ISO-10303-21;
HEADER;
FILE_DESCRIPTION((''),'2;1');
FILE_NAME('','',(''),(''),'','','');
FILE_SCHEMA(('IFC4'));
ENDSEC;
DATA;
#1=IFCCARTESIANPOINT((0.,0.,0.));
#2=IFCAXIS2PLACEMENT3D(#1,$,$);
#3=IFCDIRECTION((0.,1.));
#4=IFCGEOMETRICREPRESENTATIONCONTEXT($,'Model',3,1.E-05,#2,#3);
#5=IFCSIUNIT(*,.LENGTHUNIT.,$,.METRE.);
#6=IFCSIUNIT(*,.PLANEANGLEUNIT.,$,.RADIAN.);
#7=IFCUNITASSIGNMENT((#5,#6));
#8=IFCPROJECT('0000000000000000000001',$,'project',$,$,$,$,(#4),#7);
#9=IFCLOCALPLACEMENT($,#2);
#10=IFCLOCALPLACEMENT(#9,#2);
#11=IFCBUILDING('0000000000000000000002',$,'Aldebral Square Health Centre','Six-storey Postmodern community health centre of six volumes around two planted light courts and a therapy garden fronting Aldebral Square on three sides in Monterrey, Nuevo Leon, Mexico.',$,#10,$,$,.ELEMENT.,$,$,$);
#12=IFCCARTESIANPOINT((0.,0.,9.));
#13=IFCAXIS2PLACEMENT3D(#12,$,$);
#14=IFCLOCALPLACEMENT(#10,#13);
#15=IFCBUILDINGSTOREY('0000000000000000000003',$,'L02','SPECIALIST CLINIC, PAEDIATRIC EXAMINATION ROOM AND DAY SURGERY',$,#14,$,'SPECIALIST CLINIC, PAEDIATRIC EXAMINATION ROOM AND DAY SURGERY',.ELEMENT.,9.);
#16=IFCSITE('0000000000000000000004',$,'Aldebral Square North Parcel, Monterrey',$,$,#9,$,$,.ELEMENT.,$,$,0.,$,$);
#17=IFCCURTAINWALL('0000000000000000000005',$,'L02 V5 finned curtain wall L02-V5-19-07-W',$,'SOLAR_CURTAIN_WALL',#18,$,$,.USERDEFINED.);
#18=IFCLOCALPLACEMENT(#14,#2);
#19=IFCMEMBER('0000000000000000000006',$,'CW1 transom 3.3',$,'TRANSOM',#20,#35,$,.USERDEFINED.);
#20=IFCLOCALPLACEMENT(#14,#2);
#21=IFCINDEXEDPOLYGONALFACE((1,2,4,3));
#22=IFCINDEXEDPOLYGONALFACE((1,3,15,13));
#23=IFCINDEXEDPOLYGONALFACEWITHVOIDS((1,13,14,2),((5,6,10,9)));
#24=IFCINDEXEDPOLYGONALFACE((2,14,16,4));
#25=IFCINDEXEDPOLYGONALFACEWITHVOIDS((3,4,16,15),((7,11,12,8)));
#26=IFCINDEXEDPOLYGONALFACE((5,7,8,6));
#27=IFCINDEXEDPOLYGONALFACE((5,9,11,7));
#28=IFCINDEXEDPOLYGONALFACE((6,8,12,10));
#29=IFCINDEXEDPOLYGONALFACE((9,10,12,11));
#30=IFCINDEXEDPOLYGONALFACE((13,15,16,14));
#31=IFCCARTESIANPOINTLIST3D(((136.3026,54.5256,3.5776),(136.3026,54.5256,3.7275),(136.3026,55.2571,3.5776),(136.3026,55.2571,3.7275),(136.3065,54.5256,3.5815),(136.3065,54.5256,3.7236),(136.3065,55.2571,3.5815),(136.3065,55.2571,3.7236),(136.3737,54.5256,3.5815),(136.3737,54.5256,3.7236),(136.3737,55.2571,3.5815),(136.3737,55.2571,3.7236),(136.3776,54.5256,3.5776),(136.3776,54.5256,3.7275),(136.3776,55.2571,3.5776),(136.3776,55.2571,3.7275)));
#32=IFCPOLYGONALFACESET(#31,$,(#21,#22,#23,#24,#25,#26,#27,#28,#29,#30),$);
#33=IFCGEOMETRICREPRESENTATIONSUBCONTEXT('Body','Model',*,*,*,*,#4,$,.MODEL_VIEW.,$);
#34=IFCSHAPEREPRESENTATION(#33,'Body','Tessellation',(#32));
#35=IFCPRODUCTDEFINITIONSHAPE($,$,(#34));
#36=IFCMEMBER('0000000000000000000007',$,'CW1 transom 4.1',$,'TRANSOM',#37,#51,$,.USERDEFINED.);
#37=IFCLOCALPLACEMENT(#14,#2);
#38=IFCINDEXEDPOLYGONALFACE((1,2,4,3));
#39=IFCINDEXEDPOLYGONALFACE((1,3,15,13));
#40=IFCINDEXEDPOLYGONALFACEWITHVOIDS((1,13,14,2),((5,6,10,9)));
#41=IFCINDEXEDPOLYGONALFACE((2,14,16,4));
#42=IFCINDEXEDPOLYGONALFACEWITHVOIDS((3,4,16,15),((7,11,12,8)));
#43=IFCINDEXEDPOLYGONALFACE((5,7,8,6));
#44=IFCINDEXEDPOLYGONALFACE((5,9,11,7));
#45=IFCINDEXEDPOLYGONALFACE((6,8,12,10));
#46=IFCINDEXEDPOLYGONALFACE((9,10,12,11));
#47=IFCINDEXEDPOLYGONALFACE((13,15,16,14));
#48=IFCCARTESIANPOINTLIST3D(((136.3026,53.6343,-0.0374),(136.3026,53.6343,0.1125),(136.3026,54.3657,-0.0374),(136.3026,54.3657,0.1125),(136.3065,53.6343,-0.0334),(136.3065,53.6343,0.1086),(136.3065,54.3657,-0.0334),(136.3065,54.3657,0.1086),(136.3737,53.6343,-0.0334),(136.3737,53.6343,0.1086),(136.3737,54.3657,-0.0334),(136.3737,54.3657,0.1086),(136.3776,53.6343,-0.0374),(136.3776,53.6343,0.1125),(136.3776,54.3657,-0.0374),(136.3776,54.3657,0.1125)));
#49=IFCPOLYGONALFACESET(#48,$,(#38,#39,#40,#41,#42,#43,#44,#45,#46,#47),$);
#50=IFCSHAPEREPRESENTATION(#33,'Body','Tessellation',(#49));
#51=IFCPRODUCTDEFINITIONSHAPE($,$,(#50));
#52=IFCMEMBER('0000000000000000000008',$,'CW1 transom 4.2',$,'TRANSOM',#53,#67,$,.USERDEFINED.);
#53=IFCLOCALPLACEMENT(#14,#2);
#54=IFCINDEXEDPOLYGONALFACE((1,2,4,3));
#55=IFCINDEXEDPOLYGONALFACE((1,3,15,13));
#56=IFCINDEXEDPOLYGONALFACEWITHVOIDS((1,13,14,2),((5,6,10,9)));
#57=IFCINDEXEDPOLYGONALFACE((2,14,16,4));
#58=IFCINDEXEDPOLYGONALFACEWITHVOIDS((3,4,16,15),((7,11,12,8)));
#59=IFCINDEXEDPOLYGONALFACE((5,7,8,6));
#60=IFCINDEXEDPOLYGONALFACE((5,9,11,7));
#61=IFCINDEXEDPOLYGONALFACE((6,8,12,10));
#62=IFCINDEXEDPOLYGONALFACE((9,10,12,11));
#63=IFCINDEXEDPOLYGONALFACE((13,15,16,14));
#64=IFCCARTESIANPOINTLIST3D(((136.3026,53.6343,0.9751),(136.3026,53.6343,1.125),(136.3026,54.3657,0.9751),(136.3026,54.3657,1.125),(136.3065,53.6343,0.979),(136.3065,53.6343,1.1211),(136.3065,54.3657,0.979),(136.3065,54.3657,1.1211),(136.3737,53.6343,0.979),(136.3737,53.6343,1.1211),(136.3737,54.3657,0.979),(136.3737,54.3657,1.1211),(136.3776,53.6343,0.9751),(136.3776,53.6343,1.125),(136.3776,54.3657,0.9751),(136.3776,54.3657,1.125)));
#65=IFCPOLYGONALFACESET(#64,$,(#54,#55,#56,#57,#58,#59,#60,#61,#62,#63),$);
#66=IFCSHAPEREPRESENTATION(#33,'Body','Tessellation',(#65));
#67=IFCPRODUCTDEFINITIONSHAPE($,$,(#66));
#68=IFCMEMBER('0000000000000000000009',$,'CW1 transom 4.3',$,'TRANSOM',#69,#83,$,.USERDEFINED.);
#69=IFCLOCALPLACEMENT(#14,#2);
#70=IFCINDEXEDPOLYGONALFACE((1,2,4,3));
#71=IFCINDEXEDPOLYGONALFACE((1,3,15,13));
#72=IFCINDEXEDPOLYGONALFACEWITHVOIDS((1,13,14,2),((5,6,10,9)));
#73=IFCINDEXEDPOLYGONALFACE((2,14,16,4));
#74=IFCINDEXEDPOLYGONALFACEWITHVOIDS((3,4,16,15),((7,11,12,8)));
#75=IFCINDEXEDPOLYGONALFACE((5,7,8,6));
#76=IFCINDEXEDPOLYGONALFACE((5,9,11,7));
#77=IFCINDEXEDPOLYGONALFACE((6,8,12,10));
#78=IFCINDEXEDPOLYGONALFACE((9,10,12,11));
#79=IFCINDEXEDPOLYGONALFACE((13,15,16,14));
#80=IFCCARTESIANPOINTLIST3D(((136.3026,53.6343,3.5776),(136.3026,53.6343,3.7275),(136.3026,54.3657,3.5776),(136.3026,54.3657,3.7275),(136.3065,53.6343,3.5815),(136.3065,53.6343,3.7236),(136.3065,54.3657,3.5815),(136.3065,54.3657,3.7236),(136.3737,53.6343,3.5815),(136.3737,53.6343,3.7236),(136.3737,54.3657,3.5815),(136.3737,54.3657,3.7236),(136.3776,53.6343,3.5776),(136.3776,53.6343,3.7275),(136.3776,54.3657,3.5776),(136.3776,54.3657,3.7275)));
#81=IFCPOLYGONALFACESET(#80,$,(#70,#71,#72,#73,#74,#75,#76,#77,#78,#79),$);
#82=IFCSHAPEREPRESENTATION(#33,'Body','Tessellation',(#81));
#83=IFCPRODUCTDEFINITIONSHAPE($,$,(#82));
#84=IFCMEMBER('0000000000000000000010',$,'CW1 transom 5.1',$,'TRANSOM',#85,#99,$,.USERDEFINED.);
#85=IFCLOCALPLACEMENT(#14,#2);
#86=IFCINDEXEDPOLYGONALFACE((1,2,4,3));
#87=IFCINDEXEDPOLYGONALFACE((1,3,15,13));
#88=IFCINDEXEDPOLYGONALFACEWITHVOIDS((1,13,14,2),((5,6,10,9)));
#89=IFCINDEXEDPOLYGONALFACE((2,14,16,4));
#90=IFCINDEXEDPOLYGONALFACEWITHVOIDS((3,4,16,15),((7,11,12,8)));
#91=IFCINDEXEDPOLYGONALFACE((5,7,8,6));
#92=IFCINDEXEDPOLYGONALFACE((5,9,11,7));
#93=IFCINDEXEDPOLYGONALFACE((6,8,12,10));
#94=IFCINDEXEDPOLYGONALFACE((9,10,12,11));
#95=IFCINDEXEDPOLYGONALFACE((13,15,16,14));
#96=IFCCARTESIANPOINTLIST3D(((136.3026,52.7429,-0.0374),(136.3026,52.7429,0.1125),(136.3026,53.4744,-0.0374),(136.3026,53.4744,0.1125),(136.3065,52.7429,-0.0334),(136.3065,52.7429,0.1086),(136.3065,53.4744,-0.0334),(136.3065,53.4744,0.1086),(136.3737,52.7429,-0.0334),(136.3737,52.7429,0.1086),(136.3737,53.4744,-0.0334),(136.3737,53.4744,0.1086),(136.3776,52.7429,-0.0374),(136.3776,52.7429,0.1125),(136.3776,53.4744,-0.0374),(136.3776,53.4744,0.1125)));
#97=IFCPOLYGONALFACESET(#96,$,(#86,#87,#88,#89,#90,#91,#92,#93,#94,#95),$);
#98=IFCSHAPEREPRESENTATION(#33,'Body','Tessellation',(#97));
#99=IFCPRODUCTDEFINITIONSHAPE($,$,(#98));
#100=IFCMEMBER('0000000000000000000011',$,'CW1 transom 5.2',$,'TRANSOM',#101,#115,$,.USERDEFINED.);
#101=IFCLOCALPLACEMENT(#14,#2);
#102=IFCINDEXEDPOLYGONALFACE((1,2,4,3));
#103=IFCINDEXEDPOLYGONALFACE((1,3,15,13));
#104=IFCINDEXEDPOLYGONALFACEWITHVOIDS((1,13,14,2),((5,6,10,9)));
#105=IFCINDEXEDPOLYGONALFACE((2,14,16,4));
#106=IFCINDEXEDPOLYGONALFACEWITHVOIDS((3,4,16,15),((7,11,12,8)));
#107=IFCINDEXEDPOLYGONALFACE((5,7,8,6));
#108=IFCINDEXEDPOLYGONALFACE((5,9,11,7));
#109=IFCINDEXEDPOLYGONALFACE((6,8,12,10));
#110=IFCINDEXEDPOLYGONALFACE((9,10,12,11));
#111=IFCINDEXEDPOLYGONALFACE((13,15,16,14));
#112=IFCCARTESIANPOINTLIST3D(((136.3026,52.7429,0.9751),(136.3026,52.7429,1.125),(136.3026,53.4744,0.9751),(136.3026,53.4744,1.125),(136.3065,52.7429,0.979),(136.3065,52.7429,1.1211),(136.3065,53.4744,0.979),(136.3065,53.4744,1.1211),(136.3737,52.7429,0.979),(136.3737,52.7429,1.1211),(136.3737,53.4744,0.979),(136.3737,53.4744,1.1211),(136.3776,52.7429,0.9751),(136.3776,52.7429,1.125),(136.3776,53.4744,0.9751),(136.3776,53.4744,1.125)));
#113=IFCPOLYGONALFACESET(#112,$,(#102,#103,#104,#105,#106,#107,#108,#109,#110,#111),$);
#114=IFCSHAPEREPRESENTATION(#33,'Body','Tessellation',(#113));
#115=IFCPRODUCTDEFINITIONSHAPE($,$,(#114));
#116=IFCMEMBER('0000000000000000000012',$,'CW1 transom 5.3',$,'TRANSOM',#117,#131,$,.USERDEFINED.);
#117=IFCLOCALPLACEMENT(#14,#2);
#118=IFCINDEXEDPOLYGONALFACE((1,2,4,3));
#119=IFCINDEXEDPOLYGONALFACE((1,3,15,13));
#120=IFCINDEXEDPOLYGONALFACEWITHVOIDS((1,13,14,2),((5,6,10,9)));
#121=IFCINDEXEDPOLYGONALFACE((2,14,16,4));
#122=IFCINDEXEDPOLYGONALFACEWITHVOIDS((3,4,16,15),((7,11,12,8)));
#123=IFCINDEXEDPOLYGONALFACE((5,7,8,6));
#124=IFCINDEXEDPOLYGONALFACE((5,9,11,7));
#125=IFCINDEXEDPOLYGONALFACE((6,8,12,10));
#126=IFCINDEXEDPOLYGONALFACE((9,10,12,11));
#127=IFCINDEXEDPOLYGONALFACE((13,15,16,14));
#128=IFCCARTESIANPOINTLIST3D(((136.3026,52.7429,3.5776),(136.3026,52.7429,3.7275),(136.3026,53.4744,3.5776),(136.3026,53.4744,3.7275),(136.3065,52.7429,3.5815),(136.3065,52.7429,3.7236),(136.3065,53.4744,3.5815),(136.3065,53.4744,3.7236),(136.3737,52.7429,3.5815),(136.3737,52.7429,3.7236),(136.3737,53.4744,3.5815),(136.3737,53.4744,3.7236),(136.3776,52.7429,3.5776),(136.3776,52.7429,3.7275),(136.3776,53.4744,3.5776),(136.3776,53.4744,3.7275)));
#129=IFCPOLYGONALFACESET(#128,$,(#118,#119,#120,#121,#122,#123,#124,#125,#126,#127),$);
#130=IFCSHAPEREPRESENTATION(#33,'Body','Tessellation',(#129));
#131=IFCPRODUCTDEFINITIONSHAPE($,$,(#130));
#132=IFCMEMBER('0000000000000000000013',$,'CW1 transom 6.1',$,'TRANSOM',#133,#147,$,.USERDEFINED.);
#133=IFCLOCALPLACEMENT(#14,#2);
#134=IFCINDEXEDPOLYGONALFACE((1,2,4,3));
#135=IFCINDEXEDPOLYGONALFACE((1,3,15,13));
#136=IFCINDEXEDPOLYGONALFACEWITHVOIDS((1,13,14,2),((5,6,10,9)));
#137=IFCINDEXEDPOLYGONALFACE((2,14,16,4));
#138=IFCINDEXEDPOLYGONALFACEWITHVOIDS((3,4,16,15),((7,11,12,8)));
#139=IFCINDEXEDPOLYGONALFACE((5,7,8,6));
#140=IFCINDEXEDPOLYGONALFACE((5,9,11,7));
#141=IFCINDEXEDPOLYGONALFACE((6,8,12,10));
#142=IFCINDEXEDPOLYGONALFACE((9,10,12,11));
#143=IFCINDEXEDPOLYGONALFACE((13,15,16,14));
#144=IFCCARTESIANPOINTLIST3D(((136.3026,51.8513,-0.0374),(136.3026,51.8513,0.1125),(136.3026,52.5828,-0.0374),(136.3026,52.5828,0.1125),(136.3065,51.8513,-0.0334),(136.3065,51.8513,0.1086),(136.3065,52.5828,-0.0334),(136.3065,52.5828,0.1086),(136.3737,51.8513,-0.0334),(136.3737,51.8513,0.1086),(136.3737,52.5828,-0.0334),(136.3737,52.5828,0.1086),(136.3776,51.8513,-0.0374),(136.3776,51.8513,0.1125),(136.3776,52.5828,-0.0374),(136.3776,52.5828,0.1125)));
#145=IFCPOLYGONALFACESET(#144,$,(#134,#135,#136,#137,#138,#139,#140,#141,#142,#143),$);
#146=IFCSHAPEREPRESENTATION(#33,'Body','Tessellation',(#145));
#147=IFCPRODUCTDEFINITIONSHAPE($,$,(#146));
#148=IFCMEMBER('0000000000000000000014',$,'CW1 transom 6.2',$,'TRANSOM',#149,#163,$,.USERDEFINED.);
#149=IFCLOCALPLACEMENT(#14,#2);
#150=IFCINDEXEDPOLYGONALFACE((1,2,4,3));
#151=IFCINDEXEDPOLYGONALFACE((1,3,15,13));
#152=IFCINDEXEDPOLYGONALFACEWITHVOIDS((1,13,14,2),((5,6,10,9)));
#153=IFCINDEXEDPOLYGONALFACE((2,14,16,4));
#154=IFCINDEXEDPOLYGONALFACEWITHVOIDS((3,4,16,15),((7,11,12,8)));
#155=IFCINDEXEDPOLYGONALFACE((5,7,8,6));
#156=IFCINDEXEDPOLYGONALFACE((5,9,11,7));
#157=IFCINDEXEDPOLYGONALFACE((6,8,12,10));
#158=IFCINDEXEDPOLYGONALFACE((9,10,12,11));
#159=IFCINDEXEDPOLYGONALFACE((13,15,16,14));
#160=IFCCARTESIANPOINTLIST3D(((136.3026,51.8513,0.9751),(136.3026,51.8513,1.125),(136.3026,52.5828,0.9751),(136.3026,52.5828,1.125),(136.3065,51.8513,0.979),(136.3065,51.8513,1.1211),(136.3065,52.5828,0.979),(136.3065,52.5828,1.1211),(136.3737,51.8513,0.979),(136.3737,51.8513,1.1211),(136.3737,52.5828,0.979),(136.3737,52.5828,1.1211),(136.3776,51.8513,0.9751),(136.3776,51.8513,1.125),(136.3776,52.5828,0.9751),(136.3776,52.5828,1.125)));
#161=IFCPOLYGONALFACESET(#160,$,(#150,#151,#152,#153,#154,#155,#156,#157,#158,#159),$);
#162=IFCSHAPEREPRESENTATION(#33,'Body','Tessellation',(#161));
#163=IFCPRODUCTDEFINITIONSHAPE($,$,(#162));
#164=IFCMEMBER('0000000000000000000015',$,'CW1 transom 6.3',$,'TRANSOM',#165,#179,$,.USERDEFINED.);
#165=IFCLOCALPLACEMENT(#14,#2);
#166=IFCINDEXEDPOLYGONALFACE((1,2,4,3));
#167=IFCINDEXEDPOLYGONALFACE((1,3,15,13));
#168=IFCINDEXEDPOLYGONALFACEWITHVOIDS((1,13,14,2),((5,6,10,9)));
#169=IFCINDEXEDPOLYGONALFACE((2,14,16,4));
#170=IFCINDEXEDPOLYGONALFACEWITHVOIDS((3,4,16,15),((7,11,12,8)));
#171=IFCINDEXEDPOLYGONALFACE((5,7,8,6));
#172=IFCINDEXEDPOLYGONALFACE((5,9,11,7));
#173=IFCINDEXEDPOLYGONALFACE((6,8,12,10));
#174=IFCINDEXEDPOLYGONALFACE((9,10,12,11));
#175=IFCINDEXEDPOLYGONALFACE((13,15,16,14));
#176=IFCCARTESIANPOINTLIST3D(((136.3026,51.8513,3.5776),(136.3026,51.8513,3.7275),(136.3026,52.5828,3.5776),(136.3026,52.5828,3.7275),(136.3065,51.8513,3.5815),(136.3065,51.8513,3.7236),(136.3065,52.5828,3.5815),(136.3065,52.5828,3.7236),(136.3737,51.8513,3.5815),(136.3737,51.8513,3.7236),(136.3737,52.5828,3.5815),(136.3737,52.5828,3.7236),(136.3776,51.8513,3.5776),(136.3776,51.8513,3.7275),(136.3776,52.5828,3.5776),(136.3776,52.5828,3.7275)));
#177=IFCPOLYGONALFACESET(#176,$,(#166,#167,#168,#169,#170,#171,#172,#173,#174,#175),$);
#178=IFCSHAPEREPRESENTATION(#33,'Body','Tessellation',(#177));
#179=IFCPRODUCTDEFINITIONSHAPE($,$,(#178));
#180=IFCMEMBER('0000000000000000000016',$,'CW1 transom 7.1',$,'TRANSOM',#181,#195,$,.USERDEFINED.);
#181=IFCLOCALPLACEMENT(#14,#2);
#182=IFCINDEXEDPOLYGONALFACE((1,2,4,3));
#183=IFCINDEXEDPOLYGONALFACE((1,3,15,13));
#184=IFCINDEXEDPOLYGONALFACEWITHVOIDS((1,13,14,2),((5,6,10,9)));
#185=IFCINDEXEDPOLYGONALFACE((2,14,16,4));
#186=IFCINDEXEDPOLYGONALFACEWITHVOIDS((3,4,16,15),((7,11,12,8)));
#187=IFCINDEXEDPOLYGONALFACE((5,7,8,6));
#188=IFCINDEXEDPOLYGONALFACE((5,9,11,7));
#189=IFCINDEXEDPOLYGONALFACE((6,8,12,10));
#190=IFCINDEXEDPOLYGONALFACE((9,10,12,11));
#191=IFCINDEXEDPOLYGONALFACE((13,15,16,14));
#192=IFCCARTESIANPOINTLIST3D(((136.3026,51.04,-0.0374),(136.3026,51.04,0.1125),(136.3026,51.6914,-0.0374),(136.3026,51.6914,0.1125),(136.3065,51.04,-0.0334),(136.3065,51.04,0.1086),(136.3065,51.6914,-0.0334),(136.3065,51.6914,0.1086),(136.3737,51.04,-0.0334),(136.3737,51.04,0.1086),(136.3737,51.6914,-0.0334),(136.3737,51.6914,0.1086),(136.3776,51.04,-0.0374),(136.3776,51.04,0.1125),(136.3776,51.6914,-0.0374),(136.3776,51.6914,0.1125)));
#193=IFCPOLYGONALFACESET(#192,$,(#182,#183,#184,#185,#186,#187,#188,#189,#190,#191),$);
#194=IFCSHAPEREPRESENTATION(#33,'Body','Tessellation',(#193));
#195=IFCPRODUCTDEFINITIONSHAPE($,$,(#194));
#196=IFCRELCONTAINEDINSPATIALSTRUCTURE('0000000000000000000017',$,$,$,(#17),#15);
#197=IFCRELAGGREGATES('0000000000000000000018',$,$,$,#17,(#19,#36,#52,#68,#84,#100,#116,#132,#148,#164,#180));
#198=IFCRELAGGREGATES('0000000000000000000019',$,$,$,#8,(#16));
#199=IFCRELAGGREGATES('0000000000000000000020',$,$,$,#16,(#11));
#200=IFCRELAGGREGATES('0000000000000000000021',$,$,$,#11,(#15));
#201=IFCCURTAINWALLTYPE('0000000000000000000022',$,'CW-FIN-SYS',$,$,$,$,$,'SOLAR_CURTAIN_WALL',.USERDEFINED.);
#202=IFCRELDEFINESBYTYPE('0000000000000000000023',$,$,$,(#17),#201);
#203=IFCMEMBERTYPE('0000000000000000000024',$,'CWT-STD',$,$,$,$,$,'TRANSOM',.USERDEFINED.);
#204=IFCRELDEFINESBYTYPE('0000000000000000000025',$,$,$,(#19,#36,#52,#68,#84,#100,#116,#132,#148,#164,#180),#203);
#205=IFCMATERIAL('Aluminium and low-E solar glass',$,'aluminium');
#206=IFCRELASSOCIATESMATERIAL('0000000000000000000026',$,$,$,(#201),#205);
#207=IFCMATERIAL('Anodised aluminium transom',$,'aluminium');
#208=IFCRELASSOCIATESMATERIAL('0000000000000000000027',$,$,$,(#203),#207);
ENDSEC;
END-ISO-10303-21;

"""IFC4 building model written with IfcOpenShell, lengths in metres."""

from ifc_helpers import new_model, si_unit, direction, frame, origin, origin_2d, place, context, subcontext, project, spatial, hollow_rectangle, extrude, material, material_profile, profile_set, type_object, element, aggregate, save


model = new_model("IFC4")

# Units and contexts
model_context = context("Model", 3, precision=1e-05, world=origin(), true_north=direction((0.0, 1.0)))
body_context = subcontext(model_context, "Body", "Model", "MODEL_VIEW")
ifc_project = project(units=[si_unit("LENGTHUNIT", "METRE"), si_unit("PLANEANGLEUNIT", "RADIAN")], contexts=[model_context])

# Site, building, storey
site_placement = place(None, origin())
site = spatial("IfcSite", under=ifc_project, at=site_placement, Name="Aldebral Square North Parcel, Monterrey", CompositionType="ELEMENT", RefElevation=0.0)
building_placement = place(site_placement, origin())
building = spatial("IfcBuilding", under=site, at=building_placement, Name="Aldebral Square Health Centre", Description="Six-storey Postmodern community health centre of six volumes around two planted light courts and a therapy garden fronting Aldebral Square on three sides in Monterrey, Nuevo Leon, Mexico.", CompositionType="ELEMENT")
storey_placement = place(building_placement, frame((0.0, 0.0, 9.0)))
storey = spatial("IfcBuildingStorey", under=building, at=storey_placement, Name="L02", Description="SPECIALIST CLINIC, PAEDIATRIC EXAMINATION ROOM AND DAY SURGERY", LongName="SPECIALIST CLINIC, PAEDIATRIC EXAMINATION ROOM AND DAY SURGERY", CompositionType="ELEMENT", Elevation=9.0)

# Shared definitions
ifc_material_1 = material(Name="Aluminium and low-E solar glass", Category="aluminium")
curtain_wall_type = type_object("IfcCurtainWallType", Name="CW-FIN-SYS", ElementType="SOLAR_CURTAIN_WALL", PredefinedType="USERDEFINED", material=ifc_material_1)

# Curtain wall, members
curtain_wall_1_placement = place(storey_placement, origin())
curtain_wall_1 = element("IfcCurtainWall", 1, at=curtain_wall_1_placement, inside=storey, type_object=curtain_wall_type, Name="L02 V5 finned curtain wall L02-V5-19-07-W", ObjectType="SOLAR_CURTAIN_WALL", PredefinedType="USERDEFINED")
ifc_material_2 = material(Name="Anodised aluminium transom", Category="aluminium")
ifc_material_profile_1 = material_profile(ifc_material_2, hollow_rectangle(XDim=0.075, YDim=0.1499, WallThickness=0.0039, at=origin_2d()), Name="CWT 75x150x4")
ifc_profile_set_1 = profile_set([ifc_material_profile_1], Name="Anodised aluminium transom")
member_type_1 = type_object("IfcMemberType", Name="CWT-STD", ElementType="TRANSOM", PredefinedType="USERDEFINED", material=ifc_profile_set_1)
member_1_placement = place(storey_placement, frame((136.3401, 55.2571, 3.6526), z_axis=(0.0, -1.0, 0.0), x_axis=(1.0, 0.0, 0.0)))
member_1 = element("IfcMember", 2, at=member_1_placement, type_object=member_type_1, Name="CW1 transom 3.3", ObjectType="TRANSOM", PredefinedType="USERDEFINED", context=body_context, shape_type="SweptSolid", body=[
    extrude(hollow_rectangle(XDim=0.075, YDim=0.1499, WallThickness=0.0039, at=origin_2d()), origin(), (0.0, 0.0, 1.0), 0.7314),
])
member_2_placement = place(storey_placement, frame((136.3401, 54.3657, 0.0376), z_axis=(0.0, -1.0, 0.0), x_axis=(1.0, 0.0, 0.0)))
member_2 = element("IfcMember", 3, at=member_2_placement, type_object=member_type_1, Name="CW1 transom 4.1", ObjectType="TRANSOM", PredefinedType="USERDEFINED", context=body_context, shape_type="SweptSolid", body=[
    extrude(hollow_rectangle(XDim=0.075, YDim=0.1499, WallThickness=0.0039, at=origin_2d()), origin(), (0.0, 0.0, 1.0), 0.7314),
])
member_3_placement = place(storey_placement, frame((136.3401, 54.3657, 1.05), z_axis=(0.0, -1.0, 0.0), x_axis=(1.0, 0.0, 0.0)))
member_3 = element("IfcMember", 4, at=member_3_placement, type_object=member_type_1, Name="CW1 transom 4.2", ObjectType="TRANSOM", PredefinedType="USERDEFINED", context=body_context, shape_type="SweptSolid", body=[
    extrude(hollow_rectangle(XDim=0.075, YDim=0.1499, WallThickness=0.0039, at=origin_2d()), origin(), (0.0, 0.0, 1.0), 0.7314),
])
member_4_placement = place(storey_placement, frame((136.3401, 54.3657, 3.6526), z_axis=(0.0, -1.0, 0.0), x_axis=(1.0, 0.0, 0.0)))
member_4 = element("IfcMember", 5, at=member_4_placement, type_object=member_type_1, Name="CW1 transom 4.3", ObjectType="TRANSOM", PredefinedType="USERDEFINED", context=body_context, shape_type="SweptSolid", body=[
    extrude(hollow_rectangle(XDim=0.075, YDim=0.1499, WallThickness=0.0039, at=origin_2d()), origin(), (0.0, 0.0, 1.0), 0.7314),
])
member_5_placement = place(storey_placement, frame((136.3401, 53.4744, 0.0376), z_axis=(0.0, -1.0, 0.0), x_axis=(1.0, 0.0, 0.0)))
member_5 = element("IfcMember", 6, at=member_5_placement, type_object=member_type_1, Name="CW1 transom 5.1", ObjectType="TRANSOM", PredefinedType="USERDEFINED", context=body_context, shape_type="SweptSolid", body=[
    extrude(hollow_rectangle(XDim=0.075, YDim=0.1499, WallThickness=0.0039, at=origin_2d()), origin(), (0.0, 0.0, 1.0), 0.7314),
])
member_6_placement = place(storey_placement, frame((136.3401, 53.4744, 1.05), z_axis=(0.0, -1.0, 0.0), x_axis=(1.0, 0.0, 0.0)))
member_6 = element("IfcMember", 7, at=member_6_placement, type_object=member_type_1, Name="CW1 transom 5.2", ObjectType="TRANSOM", PredefinedType="USERDEFINED", context=body_context, shape_type="SweptSolid", body=[
    extrude(hollow_rectangle(XDim=0.075, YDim=0.1499, WallThickness=0.0039, at=origin_2d()), origin(), (0.0, 0.0, 1.0), 0.7314),
])
member_7_placement = place(storey_placement, frame((136.3401, 53.4744, 3.6526), z_axis=(0.0, -1.0, 0.0), x_axis=(1.0, 0.0, 0.0)))
member_7 = element("IfcMember", 8, at=member_7_placement, type_object=member_type_1, Name="CW1 transom 5.3", ObjectType="TRANSOM", PredefinedType="USERDEFINED", context=body_context, shape_type="SweptSolid", body=[
    extrude(hollow_rectangle(XDim=0.075, YDim=0.1499, WallThickness=0.0039, at=origin_2d()), origin(), (0.0, 0.0, 1.0), 0.7314),
])
member_8_placement = place(storey_placement, frame((136.3401, 52.5828, 0.0376), z_axis=(0.0, -1.0, 0.0), x_axis=(1.0, 0.0, 0.0)))
member_8 = element("IfcMember", 9, at=member_8_placement, type_object=member_type_1, Name="CW1 transom 6.1", ObjectType="TRANSOM", PredefinedType="USERDEFINED", context=body_context, shape_type="SweptSolid", body=[
    extrude(hollow_rectangle(XDim=0.075, YDim=0.1499, WallThickness=0.0039, at=origin_2d()), origin(), (0.0, 0.0, 1.0), 0.7314),
])
member_9_placement = place(storey_placement, frame((136.3401, 52.5828, 1.05), z_axis=(0.0, -1.0, 0.0), x_axis=(1.0, 0.0, 0.0)))
member_9 = element("IfcMember", 10, at=member_9_placement, type_object=member_type_1, Name="CW1 transom 6.2", ObjectType="TRANSOM", PredefinedType="USERDEFINED", context=body_context, shape_type="SweptSolid", body=[
    extrude(hollow_rectangle(XDim=0.075, YDim=0.1499, WallThickness=0.0039, at=origin_2d()), origin(), (0.0, 0.0, 1.0), 0.7314),
])
member_10_placement = place(storey_placement, frame((136.3401, 52.5828, 3.6526), z_axis=(0.0, -1.0, 0.0), x_axis=(1.0, 0.0, 0.0)))
member_10 = element("IfcMember", 11, at=member_10_placement, type_object=member_type_1, Name="CW1 transom 6.3", ObjectType="TRANSOM", PredefinedType="USERDEFINED", context=body_context, shape_type="SweptSolid", body=[
    extrude(hollow_rectangle(XDim=0.075, YDim=0.1499, WallThickness=0.0039, at=origin_2d()), origin(), (0.0, 0.0, 1.0), 0.7314),
])
member_11_placement = place(storey_placement, frame((136.3401, 51.6914, 0.0376), z_axis=(0.0, -1.0, 0.0), x_axis=(1.0, 0.0, 0.0)))
member_11 = element("IfcMember", 12, at=member_11_placement, type_object=member_type_1, Name="CW1 transom 7.1", ObjectType="TRANSOM", PredefinedType="USERDEFINED", context=body_context, shape_type="SweptSolid", body=[
    extrude(hollow_rectangle(XDim=0.075, YDim=0.1499, WallThickness=0.0039, at=origin_2d()), origin(), (0.0, 0.0, 1.0), 0.6514),
])
aggregate(curtain_wall_1, [member_1, member_2, member_3, member_4, member_5, member_6, member_7, member_8, member_9, member_10, member_11])

save(model, "model.ifc")
